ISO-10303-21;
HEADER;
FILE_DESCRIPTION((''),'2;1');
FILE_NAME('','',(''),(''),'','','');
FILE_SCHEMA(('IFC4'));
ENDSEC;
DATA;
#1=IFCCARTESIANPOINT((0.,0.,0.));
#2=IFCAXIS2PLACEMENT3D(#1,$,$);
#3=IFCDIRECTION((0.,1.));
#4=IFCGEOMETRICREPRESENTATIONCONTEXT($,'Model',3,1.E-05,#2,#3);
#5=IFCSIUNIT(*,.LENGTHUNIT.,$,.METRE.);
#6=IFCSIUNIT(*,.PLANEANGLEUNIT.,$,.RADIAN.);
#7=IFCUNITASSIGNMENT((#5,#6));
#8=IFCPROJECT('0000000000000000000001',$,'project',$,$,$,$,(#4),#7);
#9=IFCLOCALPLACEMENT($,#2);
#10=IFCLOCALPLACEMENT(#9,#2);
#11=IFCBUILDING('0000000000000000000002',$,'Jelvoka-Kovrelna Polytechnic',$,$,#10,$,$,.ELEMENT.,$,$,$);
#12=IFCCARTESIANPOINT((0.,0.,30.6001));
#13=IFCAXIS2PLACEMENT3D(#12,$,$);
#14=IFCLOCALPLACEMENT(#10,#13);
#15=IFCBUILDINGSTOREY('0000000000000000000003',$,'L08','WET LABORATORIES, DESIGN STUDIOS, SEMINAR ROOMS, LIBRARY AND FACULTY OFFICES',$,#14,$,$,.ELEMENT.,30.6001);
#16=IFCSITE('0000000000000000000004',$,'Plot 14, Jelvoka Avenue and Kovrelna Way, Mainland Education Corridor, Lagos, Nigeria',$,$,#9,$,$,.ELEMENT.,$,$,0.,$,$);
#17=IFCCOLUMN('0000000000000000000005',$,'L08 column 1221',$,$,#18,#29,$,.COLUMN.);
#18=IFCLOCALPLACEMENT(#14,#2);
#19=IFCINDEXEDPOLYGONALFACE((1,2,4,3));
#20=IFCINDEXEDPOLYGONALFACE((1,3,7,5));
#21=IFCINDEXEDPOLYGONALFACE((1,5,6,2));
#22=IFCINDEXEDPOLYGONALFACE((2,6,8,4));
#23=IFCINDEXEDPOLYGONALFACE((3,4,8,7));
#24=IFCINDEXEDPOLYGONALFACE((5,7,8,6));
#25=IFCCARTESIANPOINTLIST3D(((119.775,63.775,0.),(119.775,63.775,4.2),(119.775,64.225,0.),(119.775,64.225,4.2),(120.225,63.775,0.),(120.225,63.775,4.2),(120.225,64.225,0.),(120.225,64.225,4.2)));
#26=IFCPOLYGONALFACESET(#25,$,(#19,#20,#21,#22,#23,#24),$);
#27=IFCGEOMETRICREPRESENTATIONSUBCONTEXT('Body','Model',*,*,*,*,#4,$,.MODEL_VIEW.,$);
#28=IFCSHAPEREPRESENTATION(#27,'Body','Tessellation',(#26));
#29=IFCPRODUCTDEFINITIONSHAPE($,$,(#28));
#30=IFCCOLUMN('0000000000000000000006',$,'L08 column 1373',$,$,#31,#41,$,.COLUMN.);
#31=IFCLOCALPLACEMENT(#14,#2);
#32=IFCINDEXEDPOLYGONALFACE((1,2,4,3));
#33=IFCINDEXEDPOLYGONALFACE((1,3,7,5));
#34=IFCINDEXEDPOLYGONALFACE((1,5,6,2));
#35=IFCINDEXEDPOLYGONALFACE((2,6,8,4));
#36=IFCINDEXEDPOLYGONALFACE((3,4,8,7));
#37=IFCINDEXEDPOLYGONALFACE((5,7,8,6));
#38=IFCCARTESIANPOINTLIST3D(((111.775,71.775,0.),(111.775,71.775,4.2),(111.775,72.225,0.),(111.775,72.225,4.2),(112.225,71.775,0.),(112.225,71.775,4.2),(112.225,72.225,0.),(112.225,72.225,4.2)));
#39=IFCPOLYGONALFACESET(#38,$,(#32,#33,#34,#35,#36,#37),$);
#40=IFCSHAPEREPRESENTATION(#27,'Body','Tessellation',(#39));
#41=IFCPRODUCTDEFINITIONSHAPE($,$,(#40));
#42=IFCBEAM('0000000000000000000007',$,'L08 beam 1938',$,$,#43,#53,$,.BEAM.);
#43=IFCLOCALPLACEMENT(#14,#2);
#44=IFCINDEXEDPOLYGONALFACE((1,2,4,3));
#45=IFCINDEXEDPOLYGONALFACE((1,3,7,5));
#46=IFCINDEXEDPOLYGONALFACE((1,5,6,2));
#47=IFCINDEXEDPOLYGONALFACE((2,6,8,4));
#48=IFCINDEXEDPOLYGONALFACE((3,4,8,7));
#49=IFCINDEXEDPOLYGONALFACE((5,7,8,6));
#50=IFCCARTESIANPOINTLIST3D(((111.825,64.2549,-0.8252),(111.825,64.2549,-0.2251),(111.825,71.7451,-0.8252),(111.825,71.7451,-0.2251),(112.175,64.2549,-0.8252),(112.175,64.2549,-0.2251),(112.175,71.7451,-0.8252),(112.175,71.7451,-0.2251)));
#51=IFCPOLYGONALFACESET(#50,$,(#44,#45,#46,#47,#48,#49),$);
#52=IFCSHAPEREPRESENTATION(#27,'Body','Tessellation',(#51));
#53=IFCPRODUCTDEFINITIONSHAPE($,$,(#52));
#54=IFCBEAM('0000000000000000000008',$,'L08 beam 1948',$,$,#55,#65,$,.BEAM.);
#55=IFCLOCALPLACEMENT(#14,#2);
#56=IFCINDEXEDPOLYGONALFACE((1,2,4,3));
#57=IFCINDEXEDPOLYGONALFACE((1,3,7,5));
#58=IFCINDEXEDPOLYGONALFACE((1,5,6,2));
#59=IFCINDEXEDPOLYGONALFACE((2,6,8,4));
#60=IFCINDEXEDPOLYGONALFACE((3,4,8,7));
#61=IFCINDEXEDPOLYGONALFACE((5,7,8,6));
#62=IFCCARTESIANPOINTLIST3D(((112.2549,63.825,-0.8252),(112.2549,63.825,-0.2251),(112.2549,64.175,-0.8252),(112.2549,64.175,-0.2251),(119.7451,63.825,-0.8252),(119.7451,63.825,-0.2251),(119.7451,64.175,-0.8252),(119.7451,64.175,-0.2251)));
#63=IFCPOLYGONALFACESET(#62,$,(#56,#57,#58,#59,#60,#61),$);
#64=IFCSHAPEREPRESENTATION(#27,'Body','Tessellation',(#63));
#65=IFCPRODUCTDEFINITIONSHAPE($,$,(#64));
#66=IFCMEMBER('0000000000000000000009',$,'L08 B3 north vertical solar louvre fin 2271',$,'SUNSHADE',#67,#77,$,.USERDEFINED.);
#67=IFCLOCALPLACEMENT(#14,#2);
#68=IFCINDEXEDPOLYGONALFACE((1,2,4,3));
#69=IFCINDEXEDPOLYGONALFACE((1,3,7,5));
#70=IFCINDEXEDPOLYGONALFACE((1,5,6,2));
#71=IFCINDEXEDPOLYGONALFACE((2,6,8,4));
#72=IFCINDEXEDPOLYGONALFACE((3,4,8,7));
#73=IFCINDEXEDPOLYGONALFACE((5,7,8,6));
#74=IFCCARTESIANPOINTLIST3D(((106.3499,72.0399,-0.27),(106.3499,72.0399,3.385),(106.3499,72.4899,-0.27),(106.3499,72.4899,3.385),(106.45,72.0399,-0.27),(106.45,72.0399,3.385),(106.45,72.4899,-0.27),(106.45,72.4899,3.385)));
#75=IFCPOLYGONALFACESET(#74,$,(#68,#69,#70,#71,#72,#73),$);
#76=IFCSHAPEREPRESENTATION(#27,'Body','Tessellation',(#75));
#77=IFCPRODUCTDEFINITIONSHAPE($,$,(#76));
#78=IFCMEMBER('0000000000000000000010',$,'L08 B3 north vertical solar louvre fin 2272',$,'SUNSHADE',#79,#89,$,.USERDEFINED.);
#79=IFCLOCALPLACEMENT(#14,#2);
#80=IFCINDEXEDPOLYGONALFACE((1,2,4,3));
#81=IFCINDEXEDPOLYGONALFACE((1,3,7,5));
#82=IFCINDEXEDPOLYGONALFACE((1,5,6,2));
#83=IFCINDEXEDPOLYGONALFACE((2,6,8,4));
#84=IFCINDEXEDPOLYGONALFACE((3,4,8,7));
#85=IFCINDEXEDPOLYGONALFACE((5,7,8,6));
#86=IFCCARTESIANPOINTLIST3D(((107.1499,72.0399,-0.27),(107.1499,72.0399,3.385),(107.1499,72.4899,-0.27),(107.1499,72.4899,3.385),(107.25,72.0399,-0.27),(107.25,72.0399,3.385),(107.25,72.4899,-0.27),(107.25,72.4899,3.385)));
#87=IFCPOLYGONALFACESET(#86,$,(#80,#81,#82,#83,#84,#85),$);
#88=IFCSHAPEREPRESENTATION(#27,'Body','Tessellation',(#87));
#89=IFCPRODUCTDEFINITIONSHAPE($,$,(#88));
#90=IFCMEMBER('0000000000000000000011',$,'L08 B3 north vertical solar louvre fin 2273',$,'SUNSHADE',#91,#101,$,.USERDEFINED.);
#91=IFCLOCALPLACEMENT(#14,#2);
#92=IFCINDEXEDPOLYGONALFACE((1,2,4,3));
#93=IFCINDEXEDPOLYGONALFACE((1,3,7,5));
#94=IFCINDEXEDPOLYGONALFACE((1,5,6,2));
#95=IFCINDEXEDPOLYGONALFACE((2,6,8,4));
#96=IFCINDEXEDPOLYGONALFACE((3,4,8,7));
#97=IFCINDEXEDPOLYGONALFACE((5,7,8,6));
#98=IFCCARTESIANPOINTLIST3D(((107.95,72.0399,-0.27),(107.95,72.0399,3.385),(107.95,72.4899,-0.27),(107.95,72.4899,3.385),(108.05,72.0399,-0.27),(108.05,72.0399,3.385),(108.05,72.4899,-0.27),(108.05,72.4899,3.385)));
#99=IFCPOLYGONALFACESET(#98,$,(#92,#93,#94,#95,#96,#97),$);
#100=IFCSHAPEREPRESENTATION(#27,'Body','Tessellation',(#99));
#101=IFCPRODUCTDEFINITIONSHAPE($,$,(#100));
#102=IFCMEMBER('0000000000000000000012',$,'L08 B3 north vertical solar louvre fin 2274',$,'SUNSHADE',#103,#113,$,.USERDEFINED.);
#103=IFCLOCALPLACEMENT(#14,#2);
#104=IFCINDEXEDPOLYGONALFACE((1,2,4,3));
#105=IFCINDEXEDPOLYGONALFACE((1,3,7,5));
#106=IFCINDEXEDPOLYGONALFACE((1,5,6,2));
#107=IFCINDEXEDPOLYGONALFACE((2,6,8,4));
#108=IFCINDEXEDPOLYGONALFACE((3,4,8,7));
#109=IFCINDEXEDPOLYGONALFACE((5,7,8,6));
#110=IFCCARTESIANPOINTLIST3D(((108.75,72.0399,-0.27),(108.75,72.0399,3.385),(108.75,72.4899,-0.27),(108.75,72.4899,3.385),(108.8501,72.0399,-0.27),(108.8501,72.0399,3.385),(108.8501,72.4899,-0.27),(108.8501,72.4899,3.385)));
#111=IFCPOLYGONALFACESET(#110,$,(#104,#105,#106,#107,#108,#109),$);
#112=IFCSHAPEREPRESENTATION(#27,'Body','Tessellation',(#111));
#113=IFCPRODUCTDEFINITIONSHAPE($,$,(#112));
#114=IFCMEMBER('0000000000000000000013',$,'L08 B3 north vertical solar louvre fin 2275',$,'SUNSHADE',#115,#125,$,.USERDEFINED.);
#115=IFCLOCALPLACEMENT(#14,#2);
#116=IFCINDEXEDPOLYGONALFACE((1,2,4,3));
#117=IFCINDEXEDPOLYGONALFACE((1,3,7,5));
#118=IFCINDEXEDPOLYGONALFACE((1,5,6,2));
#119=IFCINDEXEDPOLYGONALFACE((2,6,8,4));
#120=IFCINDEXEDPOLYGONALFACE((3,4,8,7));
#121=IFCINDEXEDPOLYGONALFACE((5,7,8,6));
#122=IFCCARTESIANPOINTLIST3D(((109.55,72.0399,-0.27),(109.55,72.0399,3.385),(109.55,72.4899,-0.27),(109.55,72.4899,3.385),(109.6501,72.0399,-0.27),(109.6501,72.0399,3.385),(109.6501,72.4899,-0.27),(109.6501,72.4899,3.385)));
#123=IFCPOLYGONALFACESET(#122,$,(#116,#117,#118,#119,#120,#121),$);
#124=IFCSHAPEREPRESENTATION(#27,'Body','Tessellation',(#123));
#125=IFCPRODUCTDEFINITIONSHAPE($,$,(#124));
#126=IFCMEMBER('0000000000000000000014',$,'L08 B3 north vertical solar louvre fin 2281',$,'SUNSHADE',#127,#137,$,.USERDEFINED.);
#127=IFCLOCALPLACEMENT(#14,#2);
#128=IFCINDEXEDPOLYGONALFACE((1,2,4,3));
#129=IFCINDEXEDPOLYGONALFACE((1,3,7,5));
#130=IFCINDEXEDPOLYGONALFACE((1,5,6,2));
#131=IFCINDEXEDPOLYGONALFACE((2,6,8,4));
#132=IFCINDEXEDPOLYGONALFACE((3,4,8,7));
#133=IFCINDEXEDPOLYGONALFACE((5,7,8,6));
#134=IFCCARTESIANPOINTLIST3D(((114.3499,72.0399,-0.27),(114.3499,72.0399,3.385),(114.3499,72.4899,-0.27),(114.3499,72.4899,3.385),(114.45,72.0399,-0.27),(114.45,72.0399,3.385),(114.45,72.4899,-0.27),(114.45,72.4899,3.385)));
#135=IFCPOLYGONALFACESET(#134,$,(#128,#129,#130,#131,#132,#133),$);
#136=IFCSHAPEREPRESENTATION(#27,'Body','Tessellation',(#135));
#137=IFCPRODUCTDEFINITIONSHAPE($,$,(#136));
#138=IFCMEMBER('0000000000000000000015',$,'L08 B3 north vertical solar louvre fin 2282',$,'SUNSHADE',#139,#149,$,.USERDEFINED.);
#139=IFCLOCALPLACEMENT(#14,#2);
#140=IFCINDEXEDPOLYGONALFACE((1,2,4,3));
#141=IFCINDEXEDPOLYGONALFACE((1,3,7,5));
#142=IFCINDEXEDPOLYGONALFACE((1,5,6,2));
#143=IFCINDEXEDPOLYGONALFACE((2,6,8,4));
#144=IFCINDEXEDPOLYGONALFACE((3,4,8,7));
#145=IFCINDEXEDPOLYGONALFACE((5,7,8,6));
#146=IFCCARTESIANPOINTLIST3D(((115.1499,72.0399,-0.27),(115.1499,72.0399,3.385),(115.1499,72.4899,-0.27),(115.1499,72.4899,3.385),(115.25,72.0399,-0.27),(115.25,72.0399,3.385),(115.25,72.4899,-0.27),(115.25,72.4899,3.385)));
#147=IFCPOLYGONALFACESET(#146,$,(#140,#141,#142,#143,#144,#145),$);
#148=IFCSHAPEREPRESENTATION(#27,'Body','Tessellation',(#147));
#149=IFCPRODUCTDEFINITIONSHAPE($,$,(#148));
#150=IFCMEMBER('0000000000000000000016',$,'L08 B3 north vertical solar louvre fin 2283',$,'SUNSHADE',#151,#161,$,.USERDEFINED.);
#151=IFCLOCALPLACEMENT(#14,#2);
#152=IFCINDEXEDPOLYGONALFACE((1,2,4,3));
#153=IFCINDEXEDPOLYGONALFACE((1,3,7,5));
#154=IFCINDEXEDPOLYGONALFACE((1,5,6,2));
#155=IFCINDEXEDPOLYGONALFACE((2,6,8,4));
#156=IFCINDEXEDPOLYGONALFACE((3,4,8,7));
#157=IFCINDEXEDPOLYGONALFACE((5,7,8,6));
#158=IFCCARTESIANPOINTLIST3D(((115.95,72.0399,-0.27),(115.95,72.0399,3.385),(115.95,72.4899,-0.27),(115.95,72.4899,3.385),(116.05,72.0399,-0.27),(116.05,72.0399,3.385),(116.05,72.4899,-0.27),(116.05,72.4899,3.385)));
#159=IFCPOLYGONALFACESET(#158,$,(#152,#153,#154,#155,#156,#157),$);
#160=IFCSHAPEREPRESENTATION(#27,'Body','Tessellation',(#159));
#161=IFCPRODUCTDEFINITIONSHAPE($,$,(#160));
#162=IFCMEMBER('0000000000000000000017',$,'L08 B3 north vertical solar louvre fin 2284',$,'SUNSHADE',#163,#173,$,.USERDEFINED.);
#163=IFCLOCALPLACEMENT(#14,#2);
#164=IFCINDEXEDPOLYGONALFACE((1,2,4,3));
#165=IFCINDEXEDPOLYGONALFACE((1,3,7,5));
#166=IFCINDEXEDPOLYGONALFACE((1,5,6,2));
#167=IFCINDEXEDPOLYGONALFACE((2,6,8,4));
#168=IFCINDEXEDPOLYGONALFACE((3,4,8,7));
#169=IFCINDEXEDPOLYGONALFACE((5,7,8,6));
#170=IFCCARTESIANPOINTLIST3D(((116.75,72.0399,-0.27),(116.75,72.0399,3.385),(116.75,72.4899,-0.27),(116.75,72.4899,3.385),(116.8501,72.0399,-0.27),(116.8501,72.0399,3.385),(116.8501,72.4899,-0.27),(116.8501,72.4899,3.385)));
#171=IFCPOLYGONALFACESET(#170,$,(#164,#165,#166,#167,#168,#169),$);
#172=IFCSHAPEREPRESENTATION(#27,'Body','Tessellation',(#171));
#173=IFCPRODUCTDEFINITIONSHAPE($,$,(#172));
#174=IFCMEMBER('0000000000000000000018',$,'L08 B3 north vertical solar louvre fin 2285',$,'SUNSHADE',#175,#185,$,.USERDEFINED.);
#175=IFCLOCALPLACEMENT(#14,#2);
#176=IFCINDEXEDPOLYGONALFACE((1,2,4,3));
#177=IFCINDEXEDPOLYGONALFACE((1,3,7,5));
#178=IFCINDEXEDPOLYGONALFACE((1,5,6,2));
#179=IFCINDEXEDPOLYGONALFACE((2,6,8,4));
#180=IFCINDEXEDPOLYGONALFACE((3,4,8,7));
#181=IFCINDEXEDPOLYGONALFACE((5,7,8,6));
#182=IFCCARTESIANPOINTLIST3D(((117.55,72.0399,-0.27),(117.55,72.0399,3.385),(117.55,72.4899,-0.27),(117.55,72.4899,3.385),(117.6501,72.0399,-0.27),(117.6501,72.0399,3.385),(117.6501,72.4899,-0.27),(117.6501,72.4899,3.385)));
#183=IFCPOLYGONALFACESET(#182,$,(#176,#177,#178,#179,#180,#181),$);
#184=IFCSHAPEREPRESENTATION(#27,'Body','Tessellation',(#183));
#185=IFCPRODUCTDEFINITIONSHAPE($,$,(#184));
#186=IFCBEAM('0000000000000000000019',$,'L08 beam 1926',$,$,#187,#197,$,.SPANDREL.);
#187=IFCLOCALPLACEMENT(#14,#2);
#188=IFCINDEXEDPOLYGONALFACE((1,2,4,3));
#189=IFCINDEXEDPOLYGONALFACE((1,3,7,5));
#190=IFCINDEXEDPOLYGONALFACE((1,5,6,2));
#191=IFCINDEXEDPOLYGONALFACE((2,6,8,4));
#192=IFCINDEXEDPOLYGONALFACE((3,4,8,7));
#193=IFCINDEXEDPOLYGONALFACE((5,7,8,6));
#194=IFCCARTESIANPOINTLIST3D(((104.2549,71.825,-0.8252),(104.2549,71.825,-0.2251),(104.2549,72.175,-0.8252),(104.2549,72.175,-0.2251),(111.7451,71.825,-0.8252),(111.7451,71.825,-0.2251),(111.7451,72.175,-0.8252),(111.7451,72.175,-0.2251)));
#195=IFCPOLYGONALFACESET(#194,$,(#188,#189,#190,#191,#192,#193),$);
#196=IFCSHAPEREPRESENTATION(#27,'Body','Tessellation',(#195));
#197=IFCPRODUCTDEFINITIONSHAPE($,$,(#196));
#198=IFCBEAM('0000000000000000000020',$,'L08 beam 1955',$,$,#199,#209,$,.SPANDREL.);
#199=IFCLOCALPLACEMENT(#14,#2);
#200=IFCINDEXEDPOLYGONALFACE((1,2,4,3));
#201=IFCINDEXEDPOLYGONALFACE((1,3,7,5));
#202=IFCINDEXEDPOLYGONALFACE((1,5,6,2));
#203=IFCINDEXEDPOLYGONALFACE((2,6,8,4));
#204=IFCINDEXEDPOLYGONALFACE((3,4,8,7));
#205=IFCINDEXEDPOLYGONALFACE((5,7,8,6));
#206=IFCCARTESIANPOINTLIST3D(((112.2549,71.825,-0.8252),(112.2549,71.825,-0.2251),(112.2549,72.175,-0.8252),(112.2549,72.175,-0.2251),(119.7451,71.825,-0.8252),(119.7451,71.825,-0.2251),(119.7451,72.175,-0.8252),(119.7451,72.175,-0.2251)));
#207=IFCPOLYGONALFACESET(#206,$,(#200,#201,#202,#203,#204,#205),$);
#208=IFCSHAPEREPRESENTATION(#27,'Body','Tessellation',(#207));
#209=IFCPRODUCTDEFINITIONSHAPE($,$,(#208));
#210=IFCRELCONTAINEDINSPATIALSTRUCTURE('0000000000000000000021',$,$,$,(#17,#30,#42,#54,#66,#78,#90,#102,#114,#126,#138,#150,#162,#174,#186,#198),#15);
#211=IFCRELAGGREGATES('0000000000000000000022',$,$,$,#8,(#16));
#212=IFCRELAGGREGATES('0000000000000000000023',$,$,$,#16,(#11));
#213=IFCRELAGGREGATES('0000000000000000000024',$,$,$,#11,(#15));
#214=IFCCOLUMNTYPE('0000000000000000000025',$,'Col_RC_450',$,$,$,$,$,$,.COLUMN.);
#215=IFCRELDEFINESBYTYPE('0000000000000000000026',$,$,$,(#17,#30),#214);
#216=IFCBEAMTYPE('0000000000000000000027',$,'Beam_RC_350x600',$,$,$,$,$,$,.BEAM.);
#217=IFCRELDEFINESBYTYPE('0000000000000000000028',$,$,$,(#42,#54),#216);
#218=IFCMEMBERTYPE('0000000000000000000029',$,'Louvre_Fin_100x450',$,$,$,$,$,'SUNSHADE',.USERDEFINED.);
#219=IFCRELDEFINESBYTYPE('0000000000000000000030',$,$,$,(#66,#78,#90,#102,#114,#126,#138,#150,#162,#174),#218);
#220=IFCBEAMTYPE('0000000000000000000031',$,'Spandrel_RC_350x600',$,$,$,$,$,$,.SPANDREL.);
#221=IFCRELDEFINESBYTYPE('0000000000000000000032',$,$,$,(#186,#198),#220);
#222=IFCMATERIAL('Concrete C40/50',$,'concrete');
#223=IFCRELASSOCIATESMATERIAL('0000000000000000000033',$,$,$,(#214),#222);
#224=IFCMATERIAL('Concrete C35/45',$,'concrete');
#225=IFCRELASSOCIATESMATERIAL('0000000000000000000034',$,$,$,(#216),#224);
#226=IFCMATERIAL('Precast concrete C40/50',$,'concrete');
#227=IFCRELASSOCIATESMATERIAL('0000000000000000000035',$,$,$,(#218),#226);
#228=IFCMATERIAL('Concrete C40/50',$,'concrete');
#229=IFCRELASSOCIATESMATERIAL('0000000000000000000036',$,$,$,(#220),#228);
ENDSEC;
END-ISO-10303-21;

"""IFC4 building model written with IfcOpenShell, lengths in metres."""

from ifc_helpers import new_model, si_unit, direction, frame, origin, origin_2d, place, context, subcontext, project, spatial, rectangle, extrude, material, material_profile, profile_set, type_object, element, save


model = new_model("IFC4")

# Units and contexts
model_context = context("Model", 3, precision=1e-05, world=origin(), true_north=direction((0.0, 1.0)))
body_context = subcontext(model_context, "Body", "Model", "MODEL_VIEW")
ifc_project = project(units=[si_unit("LENGTHUNIT", "METRE"), si_unit("PLANEANGLEUNIT", "RADIAN")], contexts=[model_context])

# Site, building, storey
site_placement = place(None, origin())
site = spatial("IfcSite", under=ifc_project, at=site_placement, Name="Plot 14, Jelvoka Avenue and Kovrelna Way, Mainland Education Corridor, Lagos, Nigeria", CompositionType="ELEMENT", RefElevation=0.0)
building_placement = place(site_placement, origin())
building = spatial("IfcBuilding", under=site, at=building_placement, Name="Jelvoka-Kovrelna Polytechnic", CompositionType="ELEMENT")
storey_placement = place(building_placement, frame((0.0, 0.0, 30.6001)))
storey = spatial("IfcBuildingStorey", under=building, at=storey_placement, Name="L08", Description="WET LABORATORIES, DESIGN STUDIOS, SEMINAR ROOMS, LIBRARY AND FACULTY OFFICES", CompositionType="ELEMENT", Elevation=30.6001)

# Columns
ifc_material_1 = material(Name="Concrete C40/50", Category="concrete")
ifc_material_profile_1 = material_profile(ifc_material_1, rectangle(XDim=0.45, YDim=0.45, at=origin_2d()), Name="RC 450x450")
ifc_profile_set_1 = profile_set([ifc_material_profile_1], Name="Concrete C40/50")
column_type = type_object("IfcColumnType", Name="Col_RC_450", PredefinedType="COLUMN", material=ifc_profile_set_1)
for number, where, z_axis, x_axis, name in (
    (1, (120.0, 64.0, 0.0), (0.0, 0.0, 1.0), (1.0, 0.0, 0.0), "L08 column 1221"),
    (2, (112.0, 72.0, 0.0), (0.0, 0.0, 1.0), (1.0, 0.0, 0.0), "L08 column 1373"),
):
    element("IfcColumn", number, at=place(storey_placement, frame(where, z_axis=z_axis, x_axis=x_axis)), inside=storey, type_object=column_type, Name=name, PredefinedType="COLUMN", context=body_context, shape_type="SweptSolid", body=[
        extrude(rectangle(XDim=0.45, YDim=0.45, at=origin_2d()), origin(), (0.0, 0.0, 1.0), 4.2),
    ])

# Beams
ifc_material_2 = material(Name="Concrete C35/45", Category="concrete")
ifc_material_profile_2 = material_profile(ifc_material_2, rectangle(XDim=0.3501, YDim=0.6001, at=origin_2d()), Name="RC 350x600")
ifc_profile_set_2 = profile_set([ifc_material_profile_2], Name="Concrete C35/45")
beam_type_1 = type_object("IfcBeamType", Name="Beam_RC_350x600", PredefinedType="BEAM", material=ifc_profile_set_2)
for number, where, z_axis, x_axis, name in (
    (3, (112.0, 64.2549, -0.5251), (0.0, 1.0, 0.0), (-1.0, 0.0, 0.0), "L08 beam 1938"),
    (4, (112.2549, 64.0, -0.5251), (1.0, 0.0, 0.0), (0.0, 1.0, 0.0), "L08 beam 1948"),
):
    element("IfcBeam", number, at=place(storey_placement, frame(where, z_axis=z_axis, x_axis=x_axis)), inside=storey, type_object=beam_type_1, Name=name, PredefinedType="BEAM", context=body_context, shape_type="SweptSolid", body=[
        extrude(rectangle(XDim=0.3501, YDim=0.6001, at=origin_2d()), origin(), (0.0, 0.0, 1.0), 7.4902),
    ])

# Members
ifc_material_3 = material(Name="Precast concrete C40/50", Category="concrete")
ifc_material_profile_3 = material_profile(ifc_material_3, rectangle(XDim=0.1001, YDim=0.45, at=origin_2d()), Name="PC 100x450")
ifc_profile_set_3 = profile_set([ifc_material_profile_3], Name="Precast concrete C40/50")
member_type = type_object("IfcMemberType", Name="Louvre_Fin_100x450", ElementType="SUNSHADE", PredefinedType="USERDEFINED", material=ifc_profile_set_3)
for number, where, z_axis, x_axis, name in (
    (5, (106.3999, 72.2649, -0.27), (0.0, 0.0, 1.0), (1.0, 0.0, 0.0), "L08 B3 north vertical solar louvre fin 2271"),
    (6, (107.2, 72.2649, -0.27), (0.0, 0.0, 1.0), (1.0, 0.0, 0.0), "L08 B3 north vertical solar louvre fin 2272"),
    (7, (108.0, 72.2649, -0.27), (0.0, 0.0, 1.0), (1.0, 0.0, 0.0), "L08 B3 north vertical solar louvre fin 2273"),
    (8, (108.8, 72.2649, -0.27), (0.0, 0.0, 1.0), (1.0, 0.0, 0.0), "L08 B3 north vertical solar louvre fin 2274"),
    (9, (109.6001, 72.2649, -0.27), (0.0, 0.0, 1.0), (1.0, 0.0, 0.0), "L08 B3 north vertical solar louvre fin 2275"),
    (10, (114.3999, 72.2649, -0.27), (0.0, 0.0, 1.0), (1.0, 0.0, 0.0), "L08 B3 north vertical solar louvre fin 2281"),
    (11, (115.2, 72.2649, -0.27), (0.0, 0.0, 1.0), (1.0, 0.0, 0.0), "L08 B3 north vertical solar louvre fin 2282"),
    (12, (116.0, 72.2649, -0.27), (0.0, 0.0, 1.0), (1.0, 0.0, 0.0), "L08 B3 north vertical solar louvre fin 2283"),
    (13, (116.8, 72.2649, -0.27), (0.0, 0.0, 1.0), (1.0, 0.0, 0.0), "L08 B3 north vertical solar louvre fin 2284"),
    (14, (117.6001, 72.2649, -0.27), (0.0, 0.0, 1.0), (1.0, 0.0, 0.0), "L08 B3 north vertical solar louvre fin 2285"),
):
    element("IfcMember", number, at=place(storey_placement, frame(where, z_axis=z_axis, x_axis=x_axis)), inside=storey, type_object=member_type, Name=name, ObjectType="SUNSHADE", PredefinedType="USERDEFINED", context=body_context, shape_type="SweptSolid", body=[
        extrude(rectangle(XDim=0.1001, YDim=0.45, at=origin_2d()), origin(), (0.0, 0.0, 1.0), 3.655),
    ])

# Beams
ifc_material_4 = material(Name="Concrete C40/50", Category="concrete")
ifc_material_profile_4 = material_profile(ifc_material_4, rectangle(XDim=0.3501, YDim=0.6001, at=origin_2d()), Name="RC 350x600")
ifc_profile_set_4 = profile_set([ifc_material_profile_4], Name="Concrete C40/50")
beam_type_2 = type_object("IfcBeamType", Name="Spandrel_RC_350x600", PredefinedType="SPANDREL", material=ifc_profile_set_4)
for number, where, z_axis, x_axis, name in (
    (15, (104.2549, 72.0, -0.5251), (1.0, 0.0, 0.0), (0.0, 1.0, 0.0), "L08 beam 1926"),
    (16, (112.2549, 72.0, -0.5251), (1.0, 0.0, 0.0), (0.0, 1.0, 0.0), "L08 beam 1955"),
):
    element("IfcBeam", number, at=place(storey_placement, frame(where, z_axis=z_axis, x_axis=x_axis)), inside=storey, type_object=beam_type_2, Name=name, PredefinedType="SPANDREL", context=body_context, shape_type="SweptSolid", body=[
        extrude(rectangle(XDim=0.3501, YDim=0.6001, at=origin_2d()), origin(), (0.0, 0.0, 1.0), 7.4902),
    ])

save(model, "model.ifc")
